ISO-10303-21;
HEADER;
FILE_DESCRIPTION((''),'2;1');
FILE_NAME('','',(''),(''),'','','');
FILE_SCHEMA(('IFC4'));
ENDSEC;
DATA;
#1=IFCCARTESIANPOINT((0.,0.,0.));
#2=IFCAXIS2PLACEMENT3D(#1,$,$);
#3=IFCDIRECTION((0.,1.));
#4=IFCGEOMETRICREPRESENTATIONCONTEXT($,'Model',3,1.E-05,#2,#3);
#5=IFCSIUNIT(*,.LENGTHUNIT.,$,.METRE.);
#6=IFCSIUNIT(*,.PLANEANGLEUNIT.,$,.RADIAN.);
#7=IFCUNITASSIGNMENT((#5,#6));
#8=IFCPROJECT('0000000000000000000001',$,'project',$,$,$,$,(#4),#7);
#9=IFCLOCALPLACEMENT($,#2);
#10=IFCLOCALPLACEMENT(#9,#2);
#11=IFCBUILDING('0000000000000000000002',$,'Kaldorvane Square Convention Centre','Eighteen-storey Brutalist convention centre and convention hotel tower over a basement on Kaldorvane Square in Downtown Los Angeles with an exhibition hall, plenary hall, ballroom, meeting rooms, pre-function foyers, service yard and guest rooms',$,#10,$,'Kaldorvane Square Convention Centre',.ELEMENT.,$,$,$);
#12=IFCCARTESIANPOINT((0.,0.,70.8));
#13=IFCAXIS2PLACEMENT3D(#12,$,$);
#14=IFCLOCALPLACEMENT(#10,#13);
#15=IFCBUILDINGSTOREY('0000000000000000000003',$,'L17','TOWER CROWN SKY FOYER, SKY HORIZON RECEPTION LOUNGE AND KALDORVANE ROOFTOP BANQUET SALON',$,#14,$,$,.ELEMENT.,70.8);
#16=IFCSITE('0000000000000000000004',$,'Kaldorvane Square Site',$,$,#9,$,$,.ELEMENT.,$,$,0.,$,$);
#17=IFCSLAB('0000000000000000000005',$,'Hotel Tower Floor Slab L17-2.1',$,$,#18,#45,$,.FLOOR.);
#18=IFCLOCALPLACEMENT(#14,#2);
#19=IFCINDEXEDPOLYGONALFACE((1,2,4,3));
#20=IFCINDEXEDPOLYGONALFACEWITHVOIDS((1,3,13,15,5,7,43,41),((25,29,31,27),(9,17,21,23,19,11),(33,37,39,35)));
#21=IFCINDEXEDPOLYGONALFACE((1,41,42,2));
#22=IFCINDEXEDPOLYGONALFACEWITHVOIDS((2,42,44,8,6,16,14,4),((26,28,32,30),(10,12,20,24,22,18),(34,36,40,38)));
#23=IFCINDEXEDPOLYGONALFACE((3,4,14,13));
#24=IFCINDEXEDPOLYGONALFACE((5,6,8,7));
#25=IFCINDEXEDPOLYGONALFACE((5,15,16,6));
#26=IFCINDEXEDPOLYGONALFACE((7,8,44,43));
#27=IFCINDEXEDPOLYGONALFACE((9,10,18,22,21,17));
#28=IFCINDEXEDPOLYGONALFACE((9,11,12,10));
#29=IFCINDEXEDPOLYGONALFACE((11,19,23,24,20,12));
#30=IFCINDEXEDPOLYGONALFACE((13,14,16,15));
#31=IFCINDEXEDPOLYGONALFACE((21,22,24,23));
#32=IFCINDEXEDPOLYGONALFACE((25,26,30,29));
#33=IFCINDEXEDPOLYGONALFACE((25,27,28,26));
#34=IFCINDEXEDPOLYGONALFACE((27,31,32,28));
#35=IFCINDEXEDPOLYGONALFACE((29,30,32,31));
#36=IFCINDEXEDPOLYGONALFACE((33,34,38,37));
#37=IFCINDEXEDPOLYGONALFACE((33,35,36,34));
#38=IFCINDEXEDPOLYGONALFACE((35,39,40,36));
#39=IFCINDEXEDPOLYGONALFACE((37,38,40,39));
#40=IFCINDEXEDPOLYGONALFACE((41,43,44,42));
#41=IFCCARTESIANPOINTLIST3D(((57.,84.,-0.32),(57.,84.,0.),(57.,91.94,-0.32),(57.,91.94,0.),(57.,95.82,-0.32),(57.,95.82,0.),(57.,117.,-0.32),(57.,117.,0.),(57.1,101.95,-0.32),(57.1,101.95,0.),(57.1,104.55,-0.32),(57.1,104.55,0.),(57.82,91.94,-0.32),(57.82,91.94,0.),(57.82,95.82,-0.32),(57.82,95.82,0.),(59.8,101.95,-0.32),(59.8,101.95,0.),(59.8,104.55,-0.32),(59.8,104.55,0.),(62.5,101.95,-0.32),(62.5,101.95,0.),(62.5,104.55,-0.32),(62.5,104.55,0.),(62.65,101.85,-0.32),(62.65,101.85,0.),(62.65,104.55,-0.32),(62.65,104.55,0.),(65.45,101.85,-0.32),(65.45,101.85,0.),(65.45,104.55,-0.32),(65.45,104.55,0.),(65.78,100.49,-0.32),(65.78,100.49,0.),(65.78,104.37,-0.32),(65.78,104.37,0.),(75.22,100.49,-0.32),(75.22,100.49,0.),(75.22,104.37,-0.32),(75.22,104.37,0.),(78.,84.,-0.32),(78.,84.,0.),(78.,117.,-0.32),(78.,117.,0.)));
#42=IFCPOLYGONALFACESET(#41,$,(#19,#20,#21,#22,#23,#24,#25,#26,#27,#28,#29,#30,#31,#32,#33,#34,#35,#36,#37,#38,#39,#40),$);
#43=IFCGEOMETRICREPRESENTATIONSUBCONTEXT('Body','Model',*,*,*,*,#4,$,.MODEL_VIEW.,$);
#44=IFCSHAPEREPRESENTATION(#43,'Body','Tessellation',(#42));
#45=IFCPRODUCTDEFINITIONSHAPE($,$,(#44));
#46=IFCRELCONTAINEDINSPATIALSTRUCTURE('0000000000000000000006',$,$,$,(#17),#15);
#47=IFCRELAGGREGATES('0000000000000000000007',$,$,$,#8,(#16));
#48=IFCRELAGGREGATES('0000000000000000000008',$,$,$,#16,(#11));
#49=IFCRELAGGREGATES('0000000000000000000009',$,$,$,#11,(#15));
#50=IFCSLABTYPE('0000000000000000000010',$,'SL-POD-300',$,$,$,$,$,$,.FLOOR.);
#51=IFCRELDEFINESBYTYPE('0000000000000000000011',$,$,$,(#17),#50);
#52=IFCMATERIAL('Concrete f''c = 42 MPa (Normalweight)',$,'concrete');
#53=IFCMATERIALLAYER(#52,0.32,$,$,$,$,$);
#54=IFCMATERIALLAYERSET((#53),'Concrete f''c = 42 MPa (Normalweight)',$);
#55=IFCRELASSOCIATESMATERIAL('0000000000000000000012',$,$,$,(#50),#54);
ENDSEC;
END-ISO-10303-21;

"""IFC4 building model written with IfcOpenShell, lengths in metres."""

from ifc_helpers import new_model, si_unit, direction, frame, origin, place, context, subcontext, project, spatial, polyline, outline, extrude, material, layer, layer_set, type_object, element, save


model = new_model("IFC4")

# Units and contexts
model_context = context("Model", 3, precision=1e-05, world=origin(), true_north=direction((0.0, 1.0)))
body_context = subcontext(model_context, "Body", "Model", "MODEL_VIEW")
ifc_project = project(units=[si_unit("LENGTHUNIT", "METRE"), si_unit("PLANEANGLEUNIT", "RADIAN")], contexts=[model_context])

# Site, building, storey
site_placement = place(None, origin())
site = spatial("IfcSite", under=ifc_project, at=site_placement, Name="Kaldorvane Square Site", CompositionType="ELEMENT", RefElevation=0.0)
building_placement = place(site_placement, origin())
building = spatial("IfcBuilding", under=site, at=building_placement, Name="Kaldorvane Square Convention Centre", Description="Eighteen-storey Brutalist convention centre and convention hotel tower over a basement on Kaldorvane Square in Downtown Los Angeles with an exhibition hall, plenary hall, ballroom, meeting rooms, pre-function foyers, service yard and guest rooms", LongName="Kaldorvane Square Convention Centre", CompositionType="ELEMENT")
storey_placement = place(building_placement, frame((0.0, 0.0, 70.8)))
storey = spatial("IfcBuildingStorey", under=building, at=storey_placement, Name="L17", Description="TOWER CROWN SKY FOYER, SKY HORIZON RECEPTION LOUNGE AND KALDORVANE ROOFTOP BANQUET SALON", CompositionType="ELEMENT", Elevation=70.8)

# Shared definitions
ifc_material_1 = material(Name="Concrete f'c = 42 MPa (Normalweight)", Category="concrete")

# Slab
ifc_layer_1 = layer(ifc_material_1, 0.32)
ifc_layer_set_1 = layer_set([ifc_layer_1], Name="Concrete f'c = 42 MPa (Normalweight)")
slab_type_1 = type_object("IfcSlabType", Name="SL-POD-300", PredefinedType="FLOOR", material=ifc_layer_set_1)
slab_1_placement = place(storey_placement, frame((0.0, 0.0, -0.32)))
element("IfcSlab", 1, at=slab_1_placement, inside=storey, type_object=slab_type_1, Name="Hotel Tower Floor Slab L17-2.1", PredefinedType="FLOOR", context=body_context, shape_type="SweptSolid", body=[
    extrude(outline(polyline([(78.0, 117.0), (78.0, 84.0), (57.0, 84.0), (57.0, 91.94), (57.82, 91.94), (57.82, 95.82), (57.0, 95.82), (57.0, 117.0), (78.0, 117.0)]), holes=[polyline([(65.78, 104.37), (65.78, 100.49), (75.22, 100.49), (75.22, 104.37), (65.78, 104.37)]), polyline([(62.65, 104.55), (62.65, 101.85), (65.45, 101.85), (65.45, 104.55), (62.65, 104.55)]), polyline([(57.1, 104.55), (57.1, 101.95), (59.8, 101.95), (62.5, 101.95), (62.5, 104.55), (59.8, 104.55), (57.1, 104.55)])]), origin(), (0.0, 0.0, 1.0), 0.32),
])

save(model, "model.ifc")
